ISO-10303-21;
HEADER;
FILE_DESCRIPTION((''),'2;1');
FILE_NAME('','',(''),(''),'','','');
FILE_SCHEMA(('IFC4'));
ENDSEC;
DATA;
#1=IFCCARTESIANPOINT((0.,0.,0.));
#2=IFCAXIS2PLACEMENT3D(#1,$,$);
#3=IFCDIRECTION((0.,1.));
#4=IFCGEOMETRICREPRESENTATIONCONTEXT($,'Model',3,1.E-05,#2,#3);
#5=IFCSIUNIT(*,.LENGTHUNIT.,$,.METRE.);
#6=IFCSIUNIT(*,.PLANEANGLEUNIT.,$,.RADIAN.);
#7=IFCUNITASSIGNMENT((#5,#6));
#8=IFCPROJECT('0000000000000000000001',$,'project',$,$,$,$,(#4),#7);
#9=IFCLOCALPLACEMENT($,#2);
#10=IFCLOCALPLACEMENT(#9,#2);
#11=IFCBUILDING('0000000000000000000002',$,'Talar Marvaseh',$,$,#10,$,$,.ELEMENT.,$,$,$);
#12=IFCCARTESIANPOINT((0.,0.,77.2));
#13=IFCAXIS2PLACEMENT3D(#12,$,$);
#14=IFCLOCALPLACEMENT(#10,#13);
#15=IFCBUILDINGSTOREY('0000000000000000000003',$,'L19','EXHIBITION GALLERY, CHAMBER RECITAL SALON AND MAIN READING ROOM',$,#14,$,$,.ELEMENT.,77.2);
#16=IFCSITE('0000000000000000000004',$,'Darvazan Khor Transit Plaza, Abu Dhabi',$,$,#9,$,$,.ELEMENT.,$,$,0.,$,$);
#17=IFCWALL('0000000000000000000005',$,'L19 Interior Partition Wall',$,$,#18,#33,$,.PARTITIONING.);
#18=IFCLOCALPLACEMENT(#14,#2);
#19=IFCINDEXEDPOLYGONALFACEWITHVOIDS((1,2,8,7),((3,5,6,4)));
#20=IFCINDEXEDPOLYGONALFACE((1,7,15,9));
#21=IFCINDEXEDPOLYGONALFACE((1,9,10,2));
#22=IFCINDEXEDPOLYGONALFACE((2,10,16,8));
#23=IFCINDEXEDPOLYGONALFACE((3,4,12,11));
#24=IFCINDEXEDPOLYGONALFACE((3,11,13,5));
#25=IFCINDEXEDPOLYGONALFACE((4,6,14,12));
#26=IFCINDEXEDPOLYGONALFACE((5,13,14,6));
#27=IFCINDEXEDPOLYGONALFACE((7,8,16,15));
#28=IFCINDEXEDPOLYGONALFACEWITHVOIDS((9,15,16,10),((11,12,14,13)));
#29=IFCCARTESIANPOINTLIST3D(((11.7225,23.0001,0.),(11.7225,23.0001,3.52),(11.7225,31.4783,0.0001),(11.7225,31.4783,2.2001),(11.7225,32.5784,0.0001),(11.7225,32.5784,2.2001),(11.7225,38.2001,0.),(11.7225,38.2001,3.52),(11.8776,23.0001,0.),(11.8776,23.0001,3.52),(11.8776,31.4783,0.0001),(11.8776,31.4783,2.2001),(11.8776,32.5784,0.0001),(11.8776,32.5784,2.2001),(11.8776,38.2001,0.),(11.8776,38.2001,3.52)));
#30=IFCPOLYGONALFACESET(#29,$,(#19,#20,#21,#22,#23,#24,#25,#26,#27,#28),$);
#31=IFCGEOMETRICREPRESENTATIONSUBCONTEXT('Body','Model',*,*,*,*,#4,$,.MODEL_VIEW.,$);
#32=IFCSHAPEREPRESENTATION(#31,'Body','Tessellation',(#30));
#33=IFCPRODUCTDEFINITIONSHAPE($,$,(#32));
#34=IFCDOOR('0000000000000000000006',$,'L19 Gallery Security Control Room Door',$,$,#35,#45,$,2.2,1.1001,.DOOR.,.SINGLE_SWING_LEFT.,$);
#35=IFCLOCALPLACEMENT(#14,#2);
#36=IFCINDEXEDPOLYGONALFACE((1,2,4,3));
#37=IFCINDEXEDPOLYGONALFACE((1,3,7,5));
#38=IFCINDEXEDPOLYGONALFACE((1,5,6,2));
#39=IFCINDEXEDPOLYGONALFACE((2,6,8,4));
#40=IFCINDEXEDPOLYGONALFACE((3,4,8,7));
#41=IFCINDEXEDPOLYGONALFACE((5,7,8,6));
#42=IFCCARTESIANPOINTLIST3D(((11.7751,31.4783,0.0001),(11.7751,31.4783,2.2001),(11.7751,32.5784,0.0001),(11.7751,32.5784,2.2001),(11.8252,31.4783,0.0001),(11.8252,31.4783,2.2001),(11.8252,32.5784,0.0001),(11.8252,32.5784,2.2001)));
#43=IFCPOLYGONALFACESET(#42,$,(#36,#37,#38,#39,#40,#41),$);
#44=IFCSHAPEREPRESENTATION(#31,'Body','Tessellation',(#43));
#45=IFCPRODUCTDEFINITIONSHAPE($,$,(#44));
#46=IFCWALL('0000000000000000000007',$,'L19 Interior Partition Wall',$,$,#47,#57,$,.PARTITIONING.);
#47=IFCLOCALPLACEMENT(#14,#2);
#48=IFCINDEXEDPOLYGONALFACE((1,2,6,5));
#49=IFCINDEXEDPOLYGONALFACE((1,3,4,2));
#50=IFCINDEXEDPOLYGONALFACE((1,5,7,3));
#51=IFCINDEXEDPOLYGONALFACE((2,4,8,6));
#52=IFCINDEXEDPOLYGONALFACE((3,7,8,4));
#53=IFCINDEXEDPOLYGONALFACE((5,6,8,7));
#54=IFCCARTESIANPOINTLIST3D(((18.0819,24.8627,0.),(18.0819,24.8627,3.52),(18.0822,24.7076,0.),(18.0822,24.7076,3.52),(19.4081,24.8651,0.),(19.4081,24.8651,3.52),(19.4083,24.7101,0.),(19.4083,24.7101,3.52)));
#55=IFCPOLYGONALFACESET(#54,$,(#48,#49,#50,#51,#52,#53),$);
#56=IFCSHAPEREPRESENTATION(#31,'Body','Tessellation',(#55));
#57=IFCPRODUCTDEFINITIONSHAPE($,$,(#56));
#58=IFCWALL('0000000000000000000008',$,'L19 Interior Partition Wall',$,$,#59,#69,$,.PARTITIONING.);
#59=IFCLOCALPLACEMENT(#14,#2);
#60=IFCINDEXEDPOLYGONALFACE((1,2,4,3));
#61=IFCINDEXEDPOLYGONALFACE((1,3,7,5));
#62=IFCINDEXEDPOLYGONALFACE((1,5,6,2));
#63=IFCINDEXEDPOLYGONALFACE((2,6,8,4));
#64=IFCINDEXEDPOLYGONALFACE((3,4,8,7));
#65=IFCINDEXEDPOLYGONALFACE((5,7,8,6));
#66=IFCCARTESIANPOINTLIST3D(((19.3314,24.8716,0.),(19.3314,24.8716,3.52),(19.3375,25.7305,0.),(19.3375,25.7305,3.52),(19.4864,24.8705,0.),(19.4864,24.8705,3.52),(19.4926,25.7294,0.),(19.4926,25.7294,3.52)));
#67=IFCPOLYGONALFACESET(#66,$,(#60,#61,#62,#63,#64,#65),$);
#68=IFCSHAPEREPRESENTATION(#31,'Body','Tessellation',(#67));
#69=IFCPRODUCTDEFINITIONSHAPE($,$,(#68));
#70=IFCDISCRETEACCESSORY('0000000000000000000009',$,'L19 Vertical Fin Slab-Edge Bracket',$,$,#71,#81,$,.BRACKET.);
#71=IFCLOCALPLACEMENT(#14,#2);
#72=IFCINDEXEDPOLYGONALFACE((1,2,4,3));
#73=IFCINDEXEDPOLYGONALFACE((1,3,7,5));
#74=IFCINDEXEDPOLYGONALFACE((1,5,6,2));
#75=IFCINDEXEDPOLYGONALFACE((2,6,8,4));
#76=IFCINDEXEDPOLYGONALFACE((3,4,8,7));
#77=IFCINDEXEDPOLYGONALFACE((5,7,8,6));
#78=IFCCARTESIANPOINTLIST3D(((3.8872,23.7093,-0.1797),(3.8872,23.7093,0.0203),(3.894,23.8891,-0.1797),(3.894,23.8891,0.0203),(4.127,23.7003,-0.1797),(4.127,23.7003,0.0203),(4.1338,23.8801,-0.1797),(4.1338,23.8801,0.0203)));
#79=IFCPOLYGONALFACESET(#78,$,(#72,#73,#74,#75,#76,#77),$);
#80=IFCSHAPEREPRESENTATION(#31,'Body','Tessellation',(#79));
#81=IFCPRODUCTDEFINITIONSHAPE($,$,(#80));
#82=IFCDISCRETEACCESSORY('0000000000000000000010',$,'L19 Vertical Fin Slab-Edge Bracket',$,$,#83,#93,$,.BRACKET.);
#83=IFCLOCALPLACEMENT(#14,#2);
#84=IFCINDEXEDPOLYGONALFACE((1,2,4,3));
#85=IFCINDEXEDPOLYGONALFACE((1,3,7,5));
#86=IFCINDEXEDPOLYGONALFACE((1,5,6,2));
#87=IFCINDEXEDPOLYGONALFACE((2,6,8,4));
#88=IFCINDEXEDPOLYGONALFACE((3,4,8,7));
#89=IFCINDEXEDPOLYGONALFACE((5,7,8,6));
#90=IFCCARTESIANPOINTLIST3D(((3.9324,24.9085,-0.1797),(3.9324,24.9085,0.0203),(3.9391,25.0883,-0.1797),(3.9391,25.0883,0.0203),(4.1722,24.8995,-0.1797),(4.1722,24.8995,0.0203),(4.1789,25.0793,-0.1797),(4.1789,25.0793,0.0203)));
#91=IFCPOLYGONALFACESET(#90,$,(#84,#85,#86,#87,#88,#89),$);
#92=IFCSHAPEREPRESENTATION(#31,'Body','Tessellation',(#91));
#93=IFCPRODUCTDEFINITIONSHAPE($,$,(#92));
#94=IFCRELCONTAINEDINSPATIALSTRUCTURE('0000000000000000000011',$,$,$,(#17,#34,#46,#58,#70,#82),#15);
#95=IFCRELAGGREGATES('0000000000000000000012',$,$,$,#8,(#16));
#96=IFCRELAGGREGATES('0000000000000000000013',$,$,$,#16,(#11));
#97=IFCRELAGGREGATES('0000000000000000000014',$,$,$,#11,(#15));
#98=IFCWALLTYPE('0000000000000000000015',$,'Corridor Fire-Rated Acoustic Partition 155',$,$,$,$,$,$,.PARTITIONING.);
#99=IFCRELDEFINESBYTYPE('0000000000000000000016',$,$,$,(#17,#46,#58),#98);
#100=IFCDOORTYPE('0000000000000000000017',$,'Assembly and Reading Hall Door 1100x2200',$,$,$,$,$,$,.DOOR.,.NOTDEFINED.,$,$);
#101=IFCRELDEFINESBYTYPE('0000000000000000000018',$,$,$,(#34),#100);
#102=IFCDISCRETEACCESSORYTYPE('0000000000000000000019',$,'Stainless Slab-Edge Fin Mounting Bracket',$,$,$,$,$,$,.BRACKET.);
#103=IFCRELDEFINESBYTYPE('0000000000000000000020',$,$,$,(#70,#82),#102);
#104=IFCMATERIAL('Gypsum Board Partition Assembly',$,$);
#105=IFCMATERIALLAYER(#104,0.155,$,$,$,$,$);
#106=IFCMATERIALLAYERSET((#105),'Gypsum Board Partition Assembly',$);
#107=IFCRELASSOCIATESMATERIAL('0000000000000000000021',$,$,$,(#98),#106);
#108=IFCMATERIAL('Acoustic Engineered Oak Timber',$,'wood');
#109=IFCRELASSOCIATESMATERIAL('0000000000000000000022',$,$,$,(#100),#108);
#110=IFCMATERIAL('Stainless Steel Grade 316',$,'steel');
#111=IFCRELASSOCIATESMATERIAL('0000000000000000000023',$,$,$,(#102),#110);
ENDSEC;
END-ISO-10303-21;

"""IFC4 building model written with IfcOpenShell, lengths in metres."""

from ifc_helpers import new_model, si_unit, direction, frame, frame_2d, origin, origin_2d, place, context, subcontext, project, spatial, rectangle, extrude, source, transform, mapped, material, layer, layer_set, type_object, type_shapes, element, fill, save


model = new_model("IFC4")

# Units and contexts
model_context = context("Model", 3, precision=1e-05, world=origin(), true_north=direction((0.0, 1.0)))
body_context = subcontext(model_context, "Body", "Model", "MODEL_VIEW")
ifc_project = project(units=[si_unit("LENGTHUNIT", "METRE"), si_unit("PLANEANGLEUNIT", "RADIAN")], contexts=[model_context])

# Site, building, storey
site_placement = place(None, origin())
site = spatial("IfcSite", under=ifc_project, at=site_placement, Name="Darvazan Khor Transit Plaza, Abu Dhabi", CompositionType="ELEMENT", RefElevation=0.0)
building_placement = place(site_placement, origin())
building = spatial("IfcBuilding", under=site, at=building_placement, Name="Talar Marvaseh", CompositionType="ELEMENT")
storey_placement = place(building_placement, frame((0.0, 0.0, 77.2)))
storey = spatial("IfcBuildingStorey", under=building, at=storey_placement, Name="L19", Description="EXHIBITION GALLERY, CHAMBER RECITAL SALON AND MAIN READING ROOM", CompositionType="ELEMENT", Elevation=77.2)

# Wall, opening, door
ifc_material_1 = material(Name="Gypsum Board Partition Assembly")
ifc_layer_1 = layer(ifc_material_1, 0.155)
ifc_layer_set_1 = layer_set([ifc_layer_1], Name="Gypsum Board Partition Assembly")
wall_type_1 = type_object("IfcWallType", Name="Corridor Fire-Rated Acoustic Partition 155", PredefinedType="PARTITIONING", material=ifc_layer_set_1)
wall_1_placement = place(storey_placement, frame((11.8, 23.0, 0.0), z_axis=(0.0, 0.0, 1.0), x_axis=(0.0, 1.0, 0.0)))
wall_1 = element("IfcWall", 1, at=wall_1_placement, inside=storey, type_object=wall_type_1, Name="L19 Interior Partition Wall", PredefinedType="PARTITIONING", context=body_context, shape_type="SweptSolid", body=[
    extrude(rectangle(XDim=15.2, YDim=0.155, at=frame_2d((7.6001, 0.0))), origin(), (0.0, 0.0, 1.0), 3.52),
])
opening_placement = place(wall_1_placement, frame((8.4783, 0.0, 0.0)))
opening = element("IfcOpeningElement", 2, at=opening_placement, cuts=wall_1, PredefinedType="OPENING", context=body_context, shape_type="SweptSolid", body=[
    extrude(rectangle(XDim=1.1001, YDim=2.2, at=frame_2d((0.55, 1.1001))), frame((0.0, 0.0874, 0.0), z_axis=(0.0, -1.0, 0.0), x_axis=(1.0, 0.0, 0.0)), (0.0, 0.0, 1.0), 0.175),
])
ifc_material_2 = material(Name="Acoustic Engineered Oak Timber", Category="wood")
door_type = type_object("IfcDoorType", Name="Assembly and Reading Hall Door 1100x2200", OperationType="NOTDEFINED", PredefinedType="DOOR", material=ifc_material_2)
shared_shape_1 = source(origin(), body_context, "Body", "SweptSolid", [
    extrude(rectangle(XDim=1.1001, YDim=2.2, at=frame_2d((0.55, 1.1001))), frame((0.0, 0.0249, 0.0), z_axis=(0.0, -1.0, 0.0), x_axis=(1.0, 0.0, 0.0)), (0.0, 0.0, 1.0), 0.05),
])
type_shapes(door_type, [shared_shape_1])
door_placement = place(opening_placement, origin())
door = element("IfcDoor", 3, at=door_placement, inside=storey, type_object=door_type, Name="L19 Gallery Security Control Room Door", OperationType="SINGLE_SWING_LEFT", OverallHeight=2.2, OverallWidth=1.1001, PredefinedType="DOOR", context=body_context, shape_type="MappedRepresentation", body=[
    mapped(shared_shape_1, transform((0.0, 0.0, 0.0), x_axis=(1.0, 0.0, 0.0), y_axis=(0.0, 1.0, 0.0), z_axis=(0.0, 0.0, 1.0), scale=1.0)),
])
fill(opening, door)

# Walls
wall_2_placement = place(storey_placement, frame((18.082, 24.7852, 0.0), z_axis=(0.0, 0.0, 1.0), x_axis=(0.999998, 0.001841, 0.0)))
element("IfcWall", 4, at=wall_2_placement, inside=storey, type_object=wall_type_1, Name="L19 Interior Partition Wall", PredefinedType="PARTITIONING", context=body_context, shape_type="SweptSolid", body=[
    extrude(rectangle(XDim=1.3262, YDim=0.155, at=frame_2d((0.6631, 0.0))), origin(), (0.0, 0.0, 1.0), 3.52),
])
wall_3_placement = place(storey_placement, frame((19.4089, 24.8711, 0.0), z_axis=(0.0, 0.0, 1.0), x_axis=(0.007106, 0.999975, 0.0)))
element("IfcWall", 5, at=wall_3_placement, inside=storey, type_object=wall_type_1, Name="L19 Interior Partition Wall", PredefinedType="PARTITIONING", context=body_context, shape_type="SweptSolid", body=[
    extrude(rectangle(XDim=0.8589, YDim=0.155, at=frame_2d((0.4294, 0.0))), origin(), (0.0, 0.0, 1.0), 3.52),
])

# Discrete accessories
ifc_material_3 = material(Name="Stainless Steel Grade 316", Category="steel")
discrete_accessory_type = type_object("IfcDiscreteAccessoryType", Name="Stainless Slab-Edge Fin Mounting Bracket", PredefinedType="BRACKET", material=ifc_material_3)
shared_shape_2 = source(origin(), body_context, "Body", "SweptSolid", [
    extrude(rectangle(XDim=0.24, YDim=0.1799, at=origin_2d()), origin(), (0.0, 0.0, 1.0), 0.2),
])
type_shapes(discrete_accessory_type, [shared_shape_2])
for number, where, z_axis, x_axis, name in (
    (6, (4.0105, 23.7947, -0.1797), (0.0, 0.0, 1.0), (-0.999296, 0.037516, 0.0), "L19 Vertical Fin Slab-Edge Bracket"),
    (7, (4.0557, 24.9939, -0.1797), (0.0, 0.0, 1.0), (-0.999296, 0.037516, 0.0), "L19 Vertical Fin Slab-Edge Bracket"),
):
    element("IfcDiscreteAccessory", number, at=place(storey_placement, frame(where, z_axis=z_axis, x_axis=x_axis)), inside=storey, type_object=discrete_accessory_type, Name=name, PredefinedType="BRACKET", context=body_context, shape_type="MappedRepresentation", body=[
        mapped(shared_shape_2, transform((0.0, 0.0, 0.0), x_axis=(1.0, 0.0, 0.0), y_axis=(0.0, 1.0, 0.0), z_axis=(0.0, 0.0, 1.0), scale=1.0)),
    ])

save(model, "model.ifc")
